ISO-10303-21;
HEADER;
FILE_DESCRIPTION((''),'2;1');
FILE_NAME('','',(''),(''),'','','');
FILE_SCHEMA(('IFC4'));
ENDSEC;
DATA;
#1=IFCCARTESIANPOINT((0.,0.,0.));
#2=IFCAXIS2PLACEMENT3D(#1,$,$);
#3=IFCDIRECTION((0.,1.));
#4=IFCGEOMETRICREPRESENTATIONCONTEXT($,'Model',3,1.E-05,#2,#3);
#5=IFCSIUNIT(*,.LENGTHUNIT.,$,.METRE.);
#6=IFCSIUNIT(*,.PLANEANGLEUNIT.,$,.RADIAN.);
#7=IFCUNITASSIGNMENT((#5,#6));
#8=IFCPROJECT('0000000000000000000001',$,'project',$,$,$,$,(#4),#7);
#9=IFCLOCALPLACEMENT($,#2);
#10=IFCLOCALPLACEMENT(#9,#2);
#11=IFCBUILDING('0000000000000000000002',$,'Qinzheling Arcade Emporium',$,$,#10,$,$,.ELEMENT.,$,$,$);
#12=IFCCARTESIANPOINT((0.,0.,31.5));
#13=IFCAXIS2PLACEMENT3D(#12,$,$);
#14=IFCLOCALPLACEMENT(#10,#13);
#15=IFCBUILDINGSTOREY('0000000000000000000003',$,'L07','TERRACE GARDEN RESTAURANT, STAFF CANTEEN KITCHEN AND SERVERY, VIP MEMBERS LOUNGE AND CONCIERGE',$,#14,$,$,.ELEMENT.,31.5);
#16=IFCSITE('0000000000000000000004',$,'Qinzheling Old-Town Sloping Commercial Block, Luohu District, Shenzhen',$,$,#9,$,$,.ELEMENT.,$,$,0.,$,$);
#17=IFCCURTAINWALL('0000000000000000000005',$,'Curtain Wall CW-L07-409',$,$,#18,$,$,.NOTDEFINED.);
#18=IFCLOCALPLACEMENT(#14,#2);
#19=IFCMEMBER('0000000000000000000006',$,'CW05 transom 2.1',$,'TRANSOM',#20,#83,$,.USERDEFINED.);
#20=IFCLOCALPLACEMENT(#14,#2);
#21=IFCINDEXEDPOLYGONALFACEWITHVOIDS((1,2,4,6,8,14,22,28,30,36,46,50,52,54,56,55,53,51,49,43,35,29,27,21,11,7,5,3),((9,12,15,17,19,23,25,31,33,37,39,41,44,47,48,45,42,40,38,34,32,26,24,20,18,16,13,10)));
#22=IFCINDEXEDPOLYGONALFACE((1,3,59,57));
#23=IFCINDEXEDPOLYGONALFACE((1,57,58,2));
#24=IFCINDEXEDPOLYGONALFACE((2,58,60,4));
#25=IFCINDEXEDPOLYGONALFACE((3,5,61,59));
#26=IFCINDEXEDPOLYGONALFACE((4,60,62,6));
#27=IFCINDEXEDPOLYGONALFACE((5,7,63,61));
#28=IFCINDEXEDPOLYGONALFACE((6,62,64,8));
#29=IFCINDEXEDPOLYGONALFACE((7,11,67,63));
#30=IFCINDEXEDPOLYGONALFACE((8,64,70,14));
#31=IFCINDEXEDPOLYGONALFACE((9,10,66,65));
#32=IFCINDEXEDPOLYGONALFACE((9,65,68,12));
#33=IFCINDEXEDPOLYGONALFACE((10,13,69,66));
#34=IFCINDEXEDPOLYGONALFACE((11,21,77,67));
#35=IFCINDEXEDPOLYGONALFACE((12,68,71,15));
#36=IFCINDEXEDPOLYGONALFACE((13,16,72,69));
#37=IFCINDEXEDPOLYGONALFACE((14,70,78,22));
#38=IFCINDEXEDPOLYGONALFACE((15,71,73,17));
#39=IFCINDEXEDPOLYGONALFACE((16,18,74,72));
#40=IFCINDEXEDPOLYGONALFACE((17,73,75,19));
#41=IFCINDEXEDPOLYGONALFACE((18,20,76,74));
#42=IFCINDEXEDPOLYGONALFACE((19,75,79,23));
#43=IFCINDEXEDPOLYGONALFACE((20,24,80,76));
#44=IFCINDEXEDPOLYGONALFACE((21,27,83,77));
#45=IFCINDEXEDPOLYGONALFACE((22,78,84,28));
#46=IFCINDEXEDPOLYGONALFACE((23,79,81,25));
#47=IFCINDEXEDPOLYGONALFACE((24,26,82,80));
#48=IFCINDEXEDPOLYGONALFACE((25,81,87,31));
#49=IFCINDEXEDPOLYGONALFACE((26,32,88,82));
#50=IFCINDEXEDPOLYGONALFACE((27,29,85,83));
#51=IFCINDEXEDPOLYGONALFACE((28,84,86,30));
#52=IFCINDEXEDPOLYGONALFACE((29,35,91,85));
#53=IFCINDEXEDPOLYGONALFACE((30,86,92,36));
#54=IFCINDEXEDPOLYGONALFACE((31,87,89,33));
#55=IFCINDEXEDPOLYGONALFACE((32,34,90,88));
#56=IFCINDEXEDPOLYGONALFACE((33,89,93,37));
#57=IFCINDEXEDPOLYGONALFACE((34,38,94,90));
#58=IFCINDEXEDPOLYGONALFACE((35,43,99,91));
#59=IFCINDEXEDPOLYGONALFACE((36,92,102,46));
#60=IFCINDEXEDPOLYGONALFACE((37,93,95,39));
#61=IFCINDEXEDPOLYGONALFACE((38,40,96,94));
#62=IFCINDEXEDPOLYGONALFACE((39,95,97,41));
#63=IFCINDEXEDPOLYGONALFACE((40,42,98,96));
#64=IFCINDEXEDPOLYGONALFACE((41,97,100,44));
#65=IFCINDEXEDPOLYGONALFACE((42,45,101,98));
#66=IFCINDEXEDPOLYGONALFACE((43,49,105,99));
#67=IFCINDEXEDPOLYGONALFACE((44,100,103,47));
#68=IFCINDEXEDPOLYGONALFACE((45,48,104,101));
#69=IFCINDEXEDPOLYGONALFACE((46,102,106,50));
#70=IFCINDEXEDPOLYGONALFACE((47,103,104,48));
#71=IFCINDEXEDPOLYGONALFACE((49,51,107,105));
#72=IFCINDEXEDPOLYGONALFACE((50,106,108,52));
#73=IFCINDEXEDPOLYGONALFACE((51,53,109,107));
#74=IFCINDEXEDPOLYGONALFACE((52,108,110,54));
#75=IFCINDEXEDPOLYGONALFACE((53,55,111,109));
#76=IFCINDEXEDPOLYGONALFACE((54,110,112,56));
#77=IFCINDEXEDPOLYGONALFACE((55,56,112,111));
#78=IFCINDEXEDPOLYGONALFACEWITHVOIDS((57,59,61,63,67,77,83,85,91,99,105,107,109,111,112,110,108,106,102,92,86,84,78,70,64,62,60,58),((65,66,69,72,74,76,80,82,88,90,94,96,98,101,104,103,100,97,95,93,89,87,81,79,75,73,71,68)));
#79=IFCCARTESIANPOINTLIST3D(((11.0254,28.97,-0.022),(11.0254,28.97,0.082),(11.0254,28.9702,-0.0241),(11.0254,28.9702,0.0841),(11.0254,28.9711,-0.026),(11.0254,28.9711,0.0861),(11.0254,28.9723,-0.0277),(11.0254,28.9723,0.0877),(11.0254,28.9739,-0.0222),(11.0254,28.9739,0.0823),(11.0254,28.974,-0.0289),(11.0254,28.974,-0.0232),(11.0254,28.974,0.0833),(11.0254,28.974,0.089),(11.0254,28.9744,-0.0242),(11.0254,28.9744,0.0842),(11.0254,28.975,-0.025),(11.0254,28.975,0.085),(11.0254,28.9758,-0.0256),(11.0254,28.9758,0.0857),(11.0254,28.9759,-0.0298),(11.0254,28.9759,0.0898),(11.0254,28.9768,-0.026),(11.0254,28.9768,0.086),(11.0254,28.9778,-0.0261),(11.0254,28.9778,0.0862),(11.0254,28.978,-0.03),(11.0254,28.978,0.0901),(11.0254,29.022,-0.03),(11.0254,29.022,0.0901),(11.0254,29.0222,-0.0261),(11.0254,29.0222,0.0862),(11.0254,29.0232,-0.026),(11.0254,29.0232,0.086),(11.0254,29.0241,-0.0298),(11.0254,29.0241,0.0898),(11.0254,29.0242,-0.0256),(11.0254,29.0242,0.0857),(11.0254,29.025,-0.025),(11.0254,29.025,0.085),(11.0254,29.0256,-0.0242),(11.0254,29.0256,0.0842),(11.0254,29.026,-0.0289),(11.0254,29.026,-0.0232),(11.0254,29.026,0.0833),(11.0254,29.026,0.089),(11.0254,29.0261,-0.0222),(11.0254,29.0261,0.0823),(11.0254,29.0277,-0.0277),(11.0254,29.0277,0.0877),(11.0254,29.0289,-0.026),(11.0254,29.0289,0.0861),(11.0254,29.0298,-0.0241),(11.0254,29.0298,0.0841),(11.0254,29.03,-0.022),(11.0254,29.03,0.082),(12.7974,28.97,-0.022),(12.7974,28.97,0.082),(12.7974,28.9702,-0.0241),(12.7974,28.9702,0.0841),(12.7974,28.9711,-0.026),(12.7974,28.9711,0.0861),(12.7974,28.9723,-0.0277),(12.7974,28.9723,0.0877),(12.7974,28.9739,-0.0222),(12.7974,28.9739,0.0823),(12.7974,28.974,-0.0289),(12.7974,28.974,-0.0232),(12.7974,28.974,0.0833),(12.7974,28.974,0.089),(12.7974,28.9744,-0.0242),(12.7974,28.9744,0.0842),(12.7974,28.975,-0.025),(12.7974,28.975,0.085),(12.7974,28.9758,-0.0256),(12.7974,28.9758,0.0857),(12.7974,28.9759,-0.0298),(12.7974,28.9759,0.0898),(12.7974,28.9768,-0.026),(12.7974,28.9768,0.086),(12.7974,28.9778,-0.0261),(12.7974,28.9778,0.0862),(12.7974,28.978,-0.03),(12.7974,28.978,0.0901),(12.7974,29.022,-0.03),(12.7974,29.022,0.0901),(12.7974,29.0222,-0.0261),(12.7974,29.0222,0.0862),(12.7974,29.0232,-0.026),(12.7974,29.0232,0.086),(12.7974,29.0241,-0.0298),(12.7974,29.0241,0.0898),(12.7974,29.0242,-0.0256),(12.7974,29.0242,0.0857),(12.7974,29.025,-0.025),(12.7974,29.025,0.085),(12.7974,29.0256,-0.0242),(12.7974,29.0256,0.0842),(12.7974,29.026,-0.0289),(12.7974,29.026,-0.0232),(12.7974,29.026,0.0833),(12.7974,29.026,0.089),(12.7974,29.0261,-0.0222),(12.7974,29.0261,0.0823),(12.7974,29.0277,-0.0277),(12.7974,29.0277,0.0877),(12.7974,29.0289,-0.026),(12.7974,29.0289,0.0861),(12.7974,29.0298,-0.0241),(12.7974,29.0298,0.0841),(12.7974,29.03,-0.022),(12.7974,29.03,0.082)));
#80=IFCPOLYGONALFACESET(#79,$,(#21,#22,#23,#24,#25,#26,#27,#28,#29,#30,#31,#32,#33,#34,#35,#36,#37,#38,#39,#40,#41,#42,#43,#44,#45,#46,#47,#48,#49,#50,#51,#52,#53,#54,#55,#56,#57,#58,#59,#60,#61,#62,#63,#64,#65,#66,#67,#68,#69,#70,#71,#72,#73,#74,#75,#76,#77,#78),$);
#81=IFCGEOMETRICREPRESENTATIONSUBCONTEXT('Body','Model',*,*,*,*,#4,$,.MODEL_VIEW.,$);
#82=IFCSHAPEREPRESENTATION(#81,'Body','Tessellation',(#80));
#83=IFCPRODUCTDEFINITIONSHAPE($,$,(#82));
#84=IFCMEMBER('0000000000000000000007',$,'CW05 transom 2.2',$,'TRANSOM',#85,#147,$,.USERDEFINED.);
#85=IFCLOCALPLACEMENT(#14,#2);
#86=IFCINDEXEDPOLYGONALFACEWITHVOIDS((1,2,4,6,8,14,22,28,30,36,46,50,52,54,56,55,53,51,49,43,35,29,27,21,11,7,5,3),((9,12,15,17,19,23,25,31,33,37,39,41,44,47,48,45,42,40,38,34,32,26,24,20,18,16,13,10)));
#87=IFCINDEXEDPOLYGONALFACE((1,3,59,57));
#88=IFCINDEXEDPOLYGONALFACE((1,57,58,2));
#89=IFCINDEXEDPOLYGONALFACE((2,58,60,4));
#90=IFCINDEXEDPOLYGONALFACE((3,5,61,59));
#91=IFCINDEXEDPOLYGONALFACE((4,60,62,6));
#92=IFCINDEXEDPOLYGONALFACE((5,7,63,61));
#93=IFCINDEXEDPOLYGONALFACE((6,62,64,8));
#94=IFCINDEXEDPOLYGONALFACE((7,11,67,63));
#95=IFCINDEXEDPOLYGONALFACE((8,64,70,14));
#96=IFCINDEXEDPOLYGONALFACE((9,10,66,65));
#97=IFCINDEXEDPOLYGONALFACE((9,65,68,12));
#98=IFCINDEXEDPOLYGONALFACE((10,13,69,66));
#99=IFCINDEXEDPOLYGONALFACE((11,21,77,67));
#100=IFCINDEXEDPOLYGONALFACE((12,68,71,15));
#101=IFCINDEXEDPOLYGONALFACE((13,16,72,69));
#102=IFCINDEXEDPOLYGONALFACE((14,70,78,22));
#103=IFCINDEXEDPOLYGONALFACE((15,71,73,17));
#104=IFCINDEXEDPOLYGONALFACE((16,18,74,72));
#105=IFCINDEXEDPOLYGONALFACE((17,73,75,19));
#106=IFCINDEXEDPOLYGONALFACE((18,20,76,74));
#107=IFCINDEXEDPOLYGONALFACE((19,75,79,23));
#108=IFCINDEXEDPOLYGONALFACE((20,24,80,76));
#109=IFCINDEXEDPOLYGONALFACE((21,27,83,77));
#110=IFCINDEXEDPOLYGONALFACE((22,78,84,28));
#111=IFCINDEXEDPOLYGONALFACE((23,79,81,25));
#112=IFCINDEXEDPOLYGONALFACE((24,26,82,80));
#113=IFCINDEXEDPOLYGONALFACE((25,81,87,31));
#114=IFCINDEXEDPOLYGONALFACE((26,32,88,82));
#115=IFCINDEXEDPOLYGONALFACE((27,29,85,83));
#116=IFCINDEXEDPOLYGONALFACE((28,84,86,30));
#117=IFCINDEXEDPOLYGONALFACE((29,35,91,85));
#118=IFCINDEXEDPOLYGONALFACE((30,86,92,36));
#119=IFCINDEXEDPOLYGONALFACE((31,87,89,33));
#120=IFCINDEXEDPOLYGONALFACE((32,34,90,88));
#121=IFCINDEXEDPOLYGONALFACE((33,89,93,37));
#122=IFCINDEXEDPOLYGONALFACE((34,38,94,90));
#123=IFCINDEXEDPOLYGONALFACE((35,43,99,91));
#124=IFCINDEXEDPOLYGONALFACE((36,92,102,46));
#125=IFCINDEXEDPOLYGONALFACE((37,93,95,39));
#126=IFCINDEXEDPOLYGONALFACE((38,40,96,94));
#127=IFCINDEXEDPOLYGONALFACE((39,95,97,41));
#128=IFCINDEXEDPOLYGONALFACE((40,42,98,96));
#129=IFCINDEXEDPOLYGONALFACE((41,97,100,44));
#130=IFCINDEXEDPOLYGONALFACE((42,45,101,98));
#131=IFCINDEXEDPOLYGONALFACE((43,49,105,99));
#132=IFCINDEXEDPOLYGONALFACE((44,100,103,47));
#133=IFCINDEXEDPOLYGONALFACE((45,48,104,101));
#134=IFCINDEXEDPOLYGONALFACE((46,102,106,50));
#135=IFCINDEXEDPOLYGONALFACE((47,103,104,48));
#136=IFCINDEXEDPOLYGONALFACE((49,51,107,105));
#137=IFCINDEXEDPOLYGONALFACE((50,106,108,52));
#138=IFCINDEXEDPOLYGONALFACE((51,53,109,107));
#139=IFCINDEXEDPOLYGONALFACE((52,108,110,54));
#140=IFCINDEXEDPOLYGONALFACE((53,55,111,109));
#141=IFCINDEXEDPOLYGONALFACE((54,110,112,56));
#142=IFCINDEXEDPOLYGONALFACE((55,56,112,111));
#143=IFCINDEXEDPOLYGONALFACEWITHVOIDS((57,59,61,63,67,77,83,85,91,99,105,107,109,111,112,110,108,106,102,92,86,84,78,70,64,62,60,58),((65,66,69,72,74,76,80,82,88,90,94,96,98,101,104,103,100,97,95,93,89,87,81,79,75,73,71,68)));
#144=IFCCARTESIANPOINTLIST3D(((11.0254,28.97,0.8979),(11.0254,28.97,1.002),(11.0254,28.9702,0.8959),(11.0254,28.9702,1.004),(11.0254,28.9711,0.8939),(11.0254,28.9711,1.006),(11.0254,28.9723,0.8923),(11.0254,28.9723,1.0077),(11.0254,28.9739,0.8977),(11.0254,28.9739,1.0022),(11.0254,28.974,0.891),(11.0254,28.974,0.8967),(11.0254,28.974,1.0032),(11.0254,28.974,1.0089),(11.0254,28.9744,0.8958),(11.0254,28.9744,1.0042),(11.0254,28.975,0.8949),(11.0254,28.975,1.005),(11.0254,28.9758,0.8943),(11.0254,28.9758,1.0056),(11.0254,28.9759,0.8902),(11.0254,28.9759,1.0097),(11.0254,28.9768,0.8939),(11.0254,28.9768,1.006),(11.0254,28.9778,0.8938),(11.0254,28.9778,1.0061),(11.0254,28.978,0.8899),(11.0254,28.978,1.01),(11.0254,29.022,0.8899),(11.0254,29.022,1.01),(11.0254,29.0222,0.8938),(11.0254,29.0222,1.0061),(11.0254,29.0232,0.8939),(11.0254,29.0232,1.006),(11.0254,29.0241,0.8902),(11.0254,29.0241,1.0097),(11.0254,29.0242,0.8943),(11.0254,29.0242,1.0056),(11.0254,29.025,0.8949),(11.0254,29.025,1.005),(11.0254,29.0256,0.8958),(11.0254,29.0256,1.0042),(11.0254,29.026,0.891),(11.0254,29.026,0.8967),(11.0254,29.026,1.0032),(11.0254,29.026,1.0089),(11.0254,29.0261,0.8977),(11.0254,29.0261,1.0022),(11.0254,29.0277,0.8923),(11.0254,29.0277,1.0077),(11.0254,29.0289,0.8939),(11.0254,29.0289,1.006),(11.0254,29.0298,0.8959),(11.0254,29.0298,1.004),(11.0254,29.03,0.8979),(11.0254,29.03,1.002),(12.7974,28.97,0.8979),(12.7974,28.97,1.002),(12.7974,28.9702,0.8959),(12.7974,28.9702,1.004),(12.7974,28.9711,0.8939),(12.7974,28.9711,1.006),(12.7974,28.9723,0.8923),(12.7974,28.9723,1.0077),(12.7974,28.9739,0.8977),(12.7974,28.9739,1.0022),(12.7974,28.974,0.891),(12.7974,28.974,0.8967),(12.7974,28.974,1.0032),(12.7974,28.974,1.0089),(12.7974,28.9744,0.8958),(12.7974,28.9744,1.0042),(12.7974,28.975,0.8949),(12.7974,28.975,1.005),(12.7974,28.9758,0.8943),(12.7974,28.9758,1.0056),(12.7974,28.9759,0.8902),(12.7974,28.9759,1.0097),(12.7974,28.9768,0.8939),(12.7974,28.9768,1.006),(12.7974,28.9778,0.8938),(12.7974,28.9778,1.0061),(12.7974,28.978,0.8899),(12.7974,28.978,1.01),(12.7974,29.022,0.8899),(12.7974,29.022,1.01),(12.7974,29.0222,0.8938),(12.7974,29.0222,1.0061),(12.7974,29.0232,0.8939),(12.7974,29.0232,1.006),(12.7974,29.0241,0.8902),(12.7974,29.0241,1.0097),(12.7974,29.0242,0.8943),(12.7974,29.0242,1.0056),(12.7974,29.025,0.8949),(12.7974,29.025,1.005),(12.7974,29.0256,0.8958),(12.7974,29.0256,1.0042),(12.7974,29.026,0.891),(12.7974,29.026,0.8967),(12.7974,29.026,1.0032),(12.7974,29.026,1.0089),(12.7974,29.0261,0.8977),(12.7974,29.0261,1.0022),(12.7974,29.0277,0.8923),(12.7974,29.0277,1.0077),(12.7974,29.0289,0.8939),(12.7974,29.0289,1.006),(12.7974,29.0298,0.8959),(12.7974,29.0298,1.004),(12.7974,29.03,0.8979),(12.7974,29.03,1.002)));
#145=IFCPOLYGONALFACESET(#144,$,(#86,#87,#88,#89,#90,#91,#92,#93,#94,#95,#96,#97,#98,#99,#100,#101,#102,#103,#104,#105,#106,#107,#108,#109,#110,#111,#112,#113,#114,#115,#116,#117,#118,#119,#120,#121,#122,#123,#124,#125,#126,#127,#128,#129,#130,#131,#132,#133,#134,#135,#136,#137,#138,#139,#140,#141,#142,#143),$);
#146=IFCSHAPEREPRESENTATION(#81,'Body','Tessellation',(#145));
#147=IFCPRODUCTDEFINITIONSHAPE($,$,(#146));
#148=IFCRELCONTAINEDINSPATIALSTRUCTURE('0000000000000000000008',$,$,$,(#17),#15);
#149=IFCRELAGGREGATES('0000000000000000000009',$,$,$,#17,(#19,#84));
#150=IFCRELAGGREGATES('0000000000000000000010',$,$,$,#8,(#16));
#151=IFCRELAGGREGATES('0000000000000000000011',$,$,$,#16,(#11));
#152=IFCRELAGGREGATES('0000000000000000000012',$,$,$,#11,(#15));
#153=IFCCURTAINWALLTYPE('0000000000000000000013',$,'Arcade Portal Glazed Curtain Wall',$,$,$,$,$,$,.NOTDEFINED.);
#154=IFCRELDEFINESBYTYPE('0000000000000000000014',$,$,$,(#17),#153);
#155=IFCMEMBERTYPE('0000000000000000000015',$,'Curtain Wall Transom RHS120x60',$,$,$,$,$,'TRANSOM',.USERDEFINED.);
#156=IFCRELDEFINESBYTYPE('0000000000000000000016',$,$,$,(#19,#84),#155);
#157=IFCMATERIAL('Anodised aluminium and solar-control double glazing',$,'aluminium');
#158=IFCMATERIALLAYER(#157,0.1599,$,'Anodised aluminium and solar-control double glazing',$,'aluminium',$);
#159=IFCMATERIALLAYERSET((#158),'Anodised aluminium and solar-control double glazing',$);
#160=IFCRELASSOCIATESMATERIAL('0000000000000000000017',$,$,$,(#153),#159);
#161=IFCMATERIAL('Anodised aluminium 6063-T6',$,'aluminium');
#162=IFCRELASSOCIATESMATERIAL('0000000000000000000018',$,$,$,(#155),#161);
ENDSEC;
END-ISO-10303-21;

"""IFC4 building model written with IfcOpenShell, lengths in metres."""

from ifc_helpers import new_model, si_unit, direction, frame, origin, origin_2d, place, context, subcontext, project, spatial, hollow_rectangle, extrude, material, layer, layer_set, material_profile, profile_set, type_object, element, aggregate, save


model = new_model("IFC4")

# Units and contexts
model_context = context("Model", 3, precision=1e-05, world=origin(), true_north=direction((0.0, 1.0)))
body_context = subcontext(model_context, "Body", "Model", "MODEL_VIEW")
ifc_project = project(units=[si_unit("LENGTHUNIT", "METRE"), si_unit("PLANEANGLEUNIT", "RADIAN")], contexts=[model_context])

# Site, building, storey
site_placement = place(None, origin())
site = spatial("IfcSite", under=ifc_project, at=site_placement, Name="Qinzheling Old-Town Sloping Commercial Block, Luohu District, Shenzhen", CompositionType="ELEMENT", RefElevation=0.0)
building_placement = place(site_placement, origin())
building = spatial("IfcBuilding", under=site, at=building_placement, Name="Qinzheling Arcade Emporium", CompositionType="ELEMENT")
storey_placement = place(building_placement, frame((0.0, 0.0, 31.5)))
storey = spatial("IfcBuildingStorey", under=building, at=storey_placement, Name="L07", Description="TERRACE GARDEN RESTAURANT, STAFF CANTEEN KITCHEN AND SERVERY, VIP MEMBERS LOUNGE AND CONCIERGE", CompositionType="ELEMENT", Elevation=31.5)

# Shared definitions
ifc_material_1 = material(Name="Anodised aluminium and solar-control double glazing", Category="aluminium")
ifc_material_2 = material(Name="Anodised aluminium 6063-T6", Category="aluminium")

# Curtain wall, members
ifc_layer_1 = layer(ifc_material_1, 0.1599, Name="Anodised aluminium and solar-control double glazing", Category="aluminium")
ifc_layer_set_1 = layer_set([ifc_layer_1], Name="Anodised aluminium and solar-control double glazing")
curtain_wall_type_1 = type_object("IfcCurtainWallType", Name="Arcade Portal Glazed Curtain Wall", PredefinedType="NOTDEFINED", material=ifc_layer_set_1)
curtain_wall_1_placement = place(storey_placement, origin())
curtain_wall_1 = element("IfcCurtainWall", 1, at=curtain_wall_1_placement, inside=storey, type_object=curtain_wall_type_1, Name="Curtain Wall CW-L07-409", PredefinedType="NOTDEFINED")
ifc_material_profile_1 = material_profile(ifc_material_2, hollow_rectangle(XDim=0.0601, YDim=0.1201, WallThickness=0.0039, InnerFilletRadius=0.0039, OuterFilletRadius=0.0081, at=origin_2d()), Name="RHS 120x60x4", Category="aluminium")
ifc_profile_set_1 = profile_set([ifc_material_profile_1], Name="Anodised aluminium 6063-T6")
member_type_1 = type_object("IfcMemberType", Name="Curtain Wall Transom RHS120x60", ElementType="TRANSOM", PredefinedType="USERDEFINED", material=ifc_profile_set_1)
member_1_placement = place(storey_placement, frame((12.7974, 29.0, 0.03), z_axis=(-1.0, 0.0, 0.0), x_axis=(0.0, -1.0, 0.0)))
member_1 = element("IfcMember", 2, at=member_1_placement, type_object=member_type_1, Name="CW05 transom 2.1", ObjectType="TRANSOM", PredefinedType="USERDEFINED", context=body_context, shape_type="SweptSolid", body=[
    extrude(hollow_rectangle(XDim=0.0601, YDim=0.1201, WallThickness=0.0039, InnerFilletRadius=0.0039, OuterFilletRadius=0.0081, at=origin_2d()), origin(), (0.0, 0.0, 1.0), 1.772),
])
member_2_placement = place(storey_placement, frame((12.7974, 29.0, 0.95), z_axis=(-1.0, 0.0, 0.0), x_axis=(0.0, -1.0, 0.0)))
member_2 = element("IfcMember", 3, at=member_2_placement, type_object=member_type_1, Name="CW05 transom 2.2", ObjectType="TRANSOM", PredefinedType="USERDEFINED", context=body_context, shape_type="SweptSolid", body=[
    extrude(hollow_rectangle(XDim=0.0601, YDim=0.1201, WallThickness=0.0039, InnerFilletRadius=0.0039, OuterFilletRadius=0.0081, at=origin_2d()), origin(), (0.0, 0.0, 1.0), 1.772),
])

aggregate(curtain_wall_1, [member_1, member_2])

save(model, "model.ifc")
